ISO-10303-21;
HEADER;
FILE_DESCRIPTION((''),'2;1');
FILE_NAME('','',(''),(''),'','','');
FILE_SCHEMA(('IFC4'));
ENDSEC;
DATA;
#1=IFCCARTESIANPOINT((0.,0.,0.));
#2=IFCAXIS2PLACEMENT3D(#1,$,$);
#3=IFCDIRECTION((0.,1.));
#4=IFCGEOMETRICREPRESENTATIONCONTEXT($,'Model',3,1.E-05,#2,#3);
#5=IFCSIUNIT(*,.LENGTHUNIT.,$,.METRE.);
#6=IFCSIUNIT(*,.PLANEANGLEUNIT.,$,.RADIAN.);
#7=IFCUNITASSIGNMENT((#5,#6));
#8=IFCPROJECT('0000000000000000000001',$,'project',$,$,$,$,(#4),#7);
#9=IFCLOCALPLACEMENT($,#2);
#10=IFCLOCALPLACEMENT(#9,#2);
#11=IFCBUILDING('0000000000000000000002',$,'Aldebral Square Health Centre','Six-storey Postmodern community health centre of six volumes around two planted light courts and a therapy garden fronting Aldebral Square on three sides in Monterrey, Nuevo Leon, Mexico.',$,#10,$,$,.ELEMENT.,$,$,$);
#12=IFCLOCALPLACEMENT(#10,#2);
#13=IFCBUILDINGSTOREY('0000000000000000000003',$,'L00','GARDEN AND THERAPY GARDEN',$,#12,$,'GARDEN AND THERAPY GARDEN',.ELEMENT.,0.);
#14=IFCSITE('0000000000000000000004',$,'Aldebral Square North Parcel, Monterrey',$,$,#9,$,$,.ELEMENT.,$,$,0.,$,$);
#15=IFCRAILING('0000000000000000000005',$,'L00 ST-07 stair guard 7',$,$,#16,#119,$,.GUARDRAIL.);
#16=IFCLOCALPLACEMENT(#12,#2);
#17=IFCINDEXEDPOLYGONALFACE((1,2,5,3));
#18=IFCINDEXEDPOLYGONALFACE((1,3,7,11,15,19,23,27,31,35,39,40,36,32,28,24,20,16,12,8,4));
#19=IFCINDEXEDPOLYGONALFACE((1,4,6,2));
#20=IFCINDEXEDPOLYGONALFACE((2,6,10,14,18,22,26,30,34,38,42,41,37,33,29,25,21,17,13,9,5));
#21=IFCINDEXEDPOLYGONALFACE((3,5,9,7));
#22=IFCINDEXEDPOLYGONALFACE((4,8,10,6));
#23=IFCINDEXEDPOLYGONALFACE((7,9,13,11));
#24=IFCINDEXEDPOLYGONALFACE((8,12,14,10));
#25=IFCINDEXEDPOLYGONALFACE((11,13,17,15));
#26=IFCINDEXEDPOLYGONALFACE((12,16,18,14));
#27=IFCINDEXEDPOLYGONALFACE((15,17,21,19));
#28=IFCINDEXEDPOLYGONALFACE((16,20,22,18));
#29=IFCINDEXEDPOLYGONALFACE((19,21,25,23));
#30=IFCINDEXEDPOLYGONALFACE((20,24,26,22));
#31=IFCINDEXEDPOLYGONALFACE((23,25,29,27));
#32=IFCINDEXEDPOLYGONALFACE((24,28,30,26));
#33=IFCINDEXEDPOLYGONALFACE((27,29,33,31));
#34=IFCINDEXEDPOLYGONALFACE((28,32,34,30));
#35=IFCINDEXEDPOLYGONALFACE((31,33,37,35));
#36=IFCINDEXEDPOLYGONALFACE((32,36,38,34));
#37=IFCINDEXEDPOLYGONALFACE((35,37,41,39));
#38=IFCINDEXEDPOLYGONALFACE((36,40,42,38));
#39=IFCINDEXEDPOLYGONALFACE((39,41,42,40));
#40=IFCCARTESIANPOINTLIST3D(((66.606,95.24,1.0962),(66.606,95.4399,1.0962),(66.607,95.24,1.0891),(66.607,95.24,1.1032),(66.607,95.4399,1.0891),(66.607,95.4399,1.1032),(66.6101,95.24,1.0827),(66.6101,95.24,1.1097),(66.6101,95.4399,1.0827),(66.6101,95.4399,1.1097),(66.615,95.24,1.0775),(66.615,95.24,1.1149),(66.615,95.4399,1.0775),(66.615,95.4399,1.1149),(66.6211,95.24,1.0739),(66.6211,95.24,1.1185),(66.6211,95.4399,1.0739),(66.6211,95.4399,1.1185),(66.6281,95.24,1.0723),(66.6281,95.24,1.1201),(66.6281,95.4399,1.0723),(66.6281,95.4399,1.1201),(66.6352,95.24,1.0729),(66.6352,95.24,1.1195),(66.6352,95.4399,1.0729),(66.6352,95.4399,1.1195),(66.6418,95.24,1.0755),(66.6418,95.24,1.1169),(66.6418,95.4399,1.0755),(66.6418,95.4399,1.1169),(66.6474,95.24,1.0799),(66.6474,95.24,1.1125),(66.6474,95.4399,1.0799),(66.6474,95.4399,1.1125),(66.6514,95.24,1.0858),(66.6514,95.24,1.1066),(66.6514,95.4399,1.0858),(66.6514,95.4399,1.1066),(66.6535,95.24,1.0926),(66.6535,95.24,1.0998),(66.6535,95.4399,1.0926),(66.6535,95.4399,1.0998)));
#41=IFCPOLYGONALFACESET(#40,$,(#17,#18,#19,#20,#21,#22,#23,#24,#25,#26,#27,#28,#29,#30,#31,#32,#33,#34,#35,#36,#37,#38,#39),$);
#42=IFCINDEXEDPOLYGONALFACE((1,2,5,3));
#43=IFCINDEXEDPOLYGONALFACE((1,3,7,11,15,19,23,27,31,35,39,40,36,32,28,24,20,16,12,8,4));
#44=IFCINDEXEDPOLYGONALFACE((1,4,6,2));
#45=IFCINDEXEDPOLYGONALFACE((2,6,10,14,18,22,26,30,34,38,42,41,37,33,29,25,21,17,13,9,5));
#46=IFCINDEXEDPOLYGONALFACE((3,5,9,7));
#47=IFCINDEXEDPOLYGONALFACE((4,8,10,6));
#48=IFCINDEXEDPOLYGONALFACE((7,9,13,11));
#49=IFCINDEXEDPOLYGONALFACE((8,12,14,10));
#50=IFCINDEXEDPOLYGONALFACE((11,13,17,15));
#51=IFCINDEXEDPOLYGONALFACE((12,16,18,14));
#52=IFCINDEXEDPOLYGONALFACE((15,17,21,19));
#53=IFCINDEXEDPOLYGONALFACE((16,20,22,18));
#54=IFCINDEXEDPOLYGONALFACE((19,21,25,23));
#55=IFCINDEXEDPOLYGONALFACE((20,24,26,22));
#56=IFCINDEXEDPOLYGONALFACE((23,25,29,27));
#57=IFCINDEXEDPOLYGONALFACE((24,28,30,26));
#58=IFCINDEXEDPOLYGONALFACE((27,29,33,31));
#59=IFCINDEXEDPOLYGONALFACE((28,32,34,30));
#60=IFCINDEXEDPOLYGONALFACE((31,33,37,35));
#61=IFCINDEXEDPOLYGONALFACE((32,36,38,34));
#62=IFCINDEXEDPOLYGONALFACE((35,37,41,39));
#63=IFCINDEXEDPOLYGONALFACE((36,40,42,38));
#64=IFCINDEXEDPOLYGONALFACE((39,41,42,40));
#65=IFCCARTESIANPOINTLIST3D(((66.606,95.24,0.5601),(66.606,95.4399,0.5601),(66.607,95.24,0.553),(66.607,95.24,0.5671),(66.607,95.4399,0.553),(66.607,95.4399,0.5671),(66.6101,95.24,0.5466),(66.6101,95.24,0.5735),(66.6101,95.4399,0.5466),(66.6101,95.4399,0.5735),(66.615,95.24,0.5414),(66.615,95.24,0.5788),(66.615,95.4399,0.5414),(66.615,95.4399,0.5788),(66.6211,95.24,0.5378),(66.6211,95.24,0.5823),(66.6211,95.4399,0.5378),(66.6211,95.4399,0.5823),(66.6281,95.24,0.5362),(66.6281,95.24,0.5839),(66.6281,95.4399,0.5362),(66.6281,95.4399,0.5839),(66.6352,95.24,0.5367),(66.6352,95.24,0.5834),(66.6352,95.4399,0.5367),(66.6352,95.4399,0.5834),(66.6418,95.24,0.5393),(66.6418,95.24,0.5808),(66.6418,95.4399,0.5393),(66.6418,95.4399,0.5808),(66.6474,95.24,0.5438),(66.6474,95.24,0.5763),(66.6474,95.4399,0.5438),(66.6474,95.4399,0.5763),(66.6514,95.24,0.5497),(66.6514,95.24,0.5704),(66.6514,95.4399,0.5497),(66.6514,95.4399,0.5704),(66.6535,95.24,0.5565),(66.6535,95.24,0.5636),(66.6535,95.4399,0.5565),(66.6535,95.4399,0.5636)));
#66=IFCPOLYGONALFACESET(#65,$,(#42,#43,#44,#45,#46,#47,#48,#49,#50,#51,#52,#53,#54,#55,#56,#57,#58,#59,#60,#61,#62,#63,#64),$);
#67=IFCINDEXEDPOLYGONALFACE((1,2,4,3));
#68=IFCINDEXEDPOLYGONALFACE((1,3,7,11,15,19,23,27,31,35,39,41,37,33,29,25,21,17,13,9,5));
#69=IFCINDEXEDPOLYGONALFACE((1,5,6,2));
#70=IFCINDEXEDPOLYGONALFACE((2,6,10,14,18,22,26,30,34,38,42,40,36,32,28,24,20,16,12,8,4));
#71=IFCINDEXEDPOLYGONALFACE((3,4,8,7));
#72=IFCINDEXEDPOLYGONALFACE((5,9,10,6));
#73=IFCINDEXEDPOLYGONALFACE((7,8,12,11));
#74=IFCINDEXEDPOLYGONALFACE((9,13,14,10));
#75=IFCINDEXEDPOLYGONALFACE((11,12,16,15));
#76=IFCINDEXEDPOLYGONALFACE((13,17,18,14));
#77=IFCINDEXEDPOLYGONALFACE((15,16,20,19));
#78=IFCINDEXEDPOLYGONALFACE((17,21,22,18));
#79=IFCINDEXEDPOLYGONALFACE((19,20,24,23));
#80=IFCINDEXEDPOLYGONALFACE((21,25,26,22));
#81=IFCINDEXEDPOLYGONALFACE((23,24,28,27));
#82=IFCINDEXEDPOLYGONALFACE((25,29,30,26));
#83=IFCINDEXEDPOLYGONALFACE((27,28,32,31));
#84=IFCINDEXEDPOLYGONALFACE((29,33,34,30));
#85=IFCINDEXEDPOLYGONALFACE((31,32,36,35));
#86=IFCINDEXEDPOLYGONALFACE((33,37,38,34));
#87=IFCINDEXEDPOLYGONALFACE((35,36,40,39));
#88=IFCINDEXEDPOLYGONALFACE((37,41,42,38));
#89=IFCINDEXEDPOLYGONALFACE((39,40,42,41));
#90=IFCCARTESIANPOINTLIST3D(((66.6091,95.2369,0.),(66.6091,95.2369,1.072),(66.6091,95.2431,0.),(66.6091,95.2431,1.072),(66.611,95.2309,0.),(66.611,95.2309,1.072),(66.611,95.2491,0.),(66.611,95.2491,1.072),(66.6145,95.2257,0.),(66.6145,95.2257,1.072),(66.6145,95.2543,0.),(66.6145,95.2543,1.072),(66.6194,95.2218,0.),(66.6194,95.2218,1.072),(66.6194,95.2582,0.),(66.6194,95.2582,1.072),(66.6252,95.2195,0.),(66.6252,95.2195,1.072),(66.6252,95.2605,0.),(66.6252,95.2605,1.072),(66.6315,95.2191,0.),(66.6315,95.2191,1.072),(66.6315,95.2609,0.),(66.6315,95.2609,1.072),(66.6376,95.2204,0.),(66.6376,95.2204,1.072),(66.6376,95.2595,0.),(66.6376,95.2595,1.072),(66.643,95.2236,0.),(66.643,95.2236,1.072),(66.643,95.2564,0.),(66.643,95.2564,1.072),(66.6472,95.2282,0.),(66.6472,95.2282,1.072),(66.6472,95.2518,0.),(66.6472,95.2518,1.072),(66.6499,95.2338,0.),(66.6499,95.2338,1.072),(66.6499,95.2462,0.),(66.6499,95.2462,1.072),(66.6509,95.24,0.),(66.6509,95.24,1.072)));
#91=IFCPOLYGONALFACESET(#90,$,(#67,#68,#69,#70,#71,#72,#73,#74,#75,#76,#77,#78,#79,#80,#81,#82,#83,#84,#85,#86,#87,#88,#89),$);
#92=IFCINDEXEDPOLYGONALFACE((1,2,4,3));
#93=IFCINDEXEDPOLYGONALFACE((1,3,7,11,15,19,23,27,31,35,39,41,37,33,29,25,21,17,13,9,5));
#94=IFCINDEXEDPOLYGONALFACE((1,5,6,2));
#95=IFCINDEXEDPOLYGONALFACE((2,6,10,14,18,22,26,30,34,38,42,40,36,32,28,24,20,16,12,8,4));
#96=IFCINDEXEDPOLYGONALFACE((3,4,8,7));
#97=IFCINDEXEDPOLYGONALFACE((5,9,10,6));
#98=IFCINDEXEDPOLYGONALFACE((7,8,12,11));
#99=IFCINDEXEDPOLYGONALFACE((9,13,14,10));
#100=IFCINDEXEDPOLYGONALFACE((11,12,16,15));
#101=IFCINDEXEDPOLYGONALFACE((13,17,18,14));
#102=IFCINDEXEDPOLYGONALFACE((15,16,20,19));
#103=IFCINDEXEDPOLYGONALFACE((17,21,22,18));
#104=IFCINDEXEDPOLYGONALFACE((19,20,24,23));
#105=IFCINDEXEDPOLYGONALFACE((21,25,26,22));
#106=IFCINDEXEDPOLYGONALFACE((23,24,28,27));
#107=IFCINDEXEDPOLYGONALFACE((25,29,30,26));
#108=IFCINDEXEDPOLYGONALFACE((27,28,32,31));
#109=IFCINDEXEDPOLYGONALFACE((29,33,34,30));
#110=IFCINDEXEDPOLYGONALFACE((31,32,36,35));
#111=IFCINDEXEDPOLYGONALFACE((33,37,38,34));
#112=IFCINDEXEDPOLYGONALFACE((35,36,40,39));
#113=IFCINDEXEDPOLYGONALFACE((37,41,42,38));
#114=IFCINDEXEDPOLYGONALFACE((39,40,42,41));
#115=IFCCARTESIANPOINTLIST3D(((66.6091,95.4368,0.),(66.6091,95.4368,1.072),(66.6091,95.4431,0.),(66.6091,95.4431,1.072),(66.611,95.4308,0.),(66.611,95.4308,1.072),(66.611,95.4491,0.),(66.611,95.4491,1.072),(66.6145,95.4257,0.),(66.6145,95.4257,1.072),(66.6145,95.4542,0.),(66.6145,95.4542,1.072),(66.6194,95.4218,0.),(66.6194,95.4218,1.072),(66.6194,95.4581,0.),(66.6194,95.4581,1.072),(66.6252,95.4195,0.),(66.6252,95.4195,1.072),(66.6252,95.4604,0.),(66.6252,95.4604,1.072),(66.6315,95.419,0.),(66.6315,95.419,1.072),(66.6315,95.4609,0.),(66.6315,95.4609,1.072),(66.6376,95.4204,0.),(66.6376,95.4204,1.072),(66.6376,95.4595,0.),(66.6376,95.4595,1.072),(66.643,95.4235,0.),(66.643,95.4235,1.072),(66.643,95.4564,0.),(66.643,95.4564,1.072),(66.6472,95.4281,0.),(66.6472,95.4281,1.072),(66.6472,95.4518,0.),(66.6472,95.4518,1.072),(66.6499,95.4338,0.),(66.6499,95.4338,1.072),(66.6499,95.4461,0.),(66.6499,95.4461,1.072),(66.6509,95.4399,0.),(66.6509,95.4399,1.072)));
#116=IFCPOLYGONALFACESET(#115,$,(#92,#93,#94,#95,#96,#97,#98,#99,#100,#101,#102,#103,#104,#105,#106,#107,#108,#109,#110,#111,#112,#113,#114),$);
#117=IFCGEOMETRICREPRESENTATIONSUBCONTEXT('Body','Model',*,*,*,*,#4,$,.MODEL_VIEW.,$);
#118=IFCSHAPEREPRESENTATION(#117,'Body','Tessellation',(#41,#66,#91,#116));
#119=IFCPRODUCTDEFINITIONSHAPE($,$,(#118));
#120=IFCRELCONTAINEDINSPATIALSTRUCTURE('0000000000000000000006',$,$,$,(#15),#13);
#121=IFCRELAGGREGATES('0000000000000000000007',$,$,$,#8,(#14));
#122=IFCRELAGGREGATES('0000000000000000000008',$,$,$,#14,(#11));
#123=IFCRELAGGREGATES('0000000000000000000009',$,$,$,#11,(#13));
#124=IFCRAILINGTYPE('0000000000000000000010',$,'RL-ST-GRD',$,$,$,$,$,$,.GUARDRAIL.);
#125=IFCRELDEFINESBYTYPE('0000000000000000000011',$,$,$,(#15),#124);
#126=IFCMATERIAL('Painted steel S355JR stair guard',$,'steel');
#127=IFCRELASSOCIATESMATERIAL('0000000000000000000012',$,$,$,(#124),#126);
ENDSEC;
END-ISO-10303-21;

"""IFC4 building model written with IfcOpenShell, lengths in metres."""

from ifc_helpers import new_model, si_unit, direction, frame, origin, origin_2d, place, context, subcontext, project, spatial, circle, extrude, material, type_object, element, save


model = new_model("IFC4")

# Units and contexts
model_context = context("Model", 3, precision=1e-05, world=origin(), true_north=direction((0.0, 1.0)))
body_context = subcontext(model_context, "Body", "Model", "MODEL_VIEW")
ifc_project = project(units=[si_unit("LENGTHUNIT", "METRE"), si_unit("PLANEANGLEUNIT", "RADIAN")], contexts=[model_context])

# Site, building, storey
site_placement = place(None, origin())
site = spatial("IfcSite", under=ifc_project, at=site_placement, Name="Aldebral Square North Parcel, Monterrey", CompositionType="ELEMENT", RefElevation=0.0)
building_placement = place(site_placement, origin())
building = spatial("IfcBuilding", under=site, at=building_placement, Name="Aldebral Square Health Centre", Description="Six-storey Postmodern community health centre of six volumes around two planted light courts and a therapy garden fronting Aldebral Square on three sides in Monterrey, Nuevo Leon, Mexico.", CompositionType="ELEMENT")
storey_placement = place(building_placement, origin())
storey = spatial("IfcBuildingStorey", under=building, at=storey_placement, Name="L00", Description="GARDEN AND THERAPY GARDEN", LongName="GARDEN AND THERAPY GARDEN", CompositionType="ELEMENT", Elevation=0.0)

# Railing
ifc_material_1 = material(Name="Painted steel S355JR stair guard", Category="steel")
railing_type_1 = type_object("IfcRailingType", Name="RL-ST-GRD", PredefinedType="GUARDRAIL", material=ifc_material_1)
railing_1_placement = place(storey_placement, frame((66.6299, 95.24, 0.0)))
element("IfcRailing", 1, at=railing_1_placement, inside=storey, type_object=railing_type_1, Name="L00 ST-07 stair guard 7", PredefinedType="GUARDRAIL", context=body_context, shape_type="SweptSolid", body=[
    extrude(circle(Radius=0.0239, at=origin_2d()), frame((0.0, 0.0, 1.0962), z_axis=(0.0, 1.0, 0.0), x_axis=(-1.0, 0.0, 0.0)), (0.0, 0.0, 1.0), 0.2),
    extrude(circle(Radius=0.0239, at=origin_2d()), frame((0.0, 0.0, 0.5601), z_axis=(0.0, 1.0, 0.0), x_axis=(-1.0, 0.0, 0.0)), (0.0, 0.0, 1.0), 0.2),
    extrude(circle(Radius=0.021, at=origin_2d()), origin(), (0.0, 0.0, 1.0), 1.072),
    extrude(circle(Radius=0.021, at=origin_2d()), frame((0.0, 0.2, 0.0)), (0.0, 0.0, 1.0), 1.072),
])

save(model, "model.ifc")
